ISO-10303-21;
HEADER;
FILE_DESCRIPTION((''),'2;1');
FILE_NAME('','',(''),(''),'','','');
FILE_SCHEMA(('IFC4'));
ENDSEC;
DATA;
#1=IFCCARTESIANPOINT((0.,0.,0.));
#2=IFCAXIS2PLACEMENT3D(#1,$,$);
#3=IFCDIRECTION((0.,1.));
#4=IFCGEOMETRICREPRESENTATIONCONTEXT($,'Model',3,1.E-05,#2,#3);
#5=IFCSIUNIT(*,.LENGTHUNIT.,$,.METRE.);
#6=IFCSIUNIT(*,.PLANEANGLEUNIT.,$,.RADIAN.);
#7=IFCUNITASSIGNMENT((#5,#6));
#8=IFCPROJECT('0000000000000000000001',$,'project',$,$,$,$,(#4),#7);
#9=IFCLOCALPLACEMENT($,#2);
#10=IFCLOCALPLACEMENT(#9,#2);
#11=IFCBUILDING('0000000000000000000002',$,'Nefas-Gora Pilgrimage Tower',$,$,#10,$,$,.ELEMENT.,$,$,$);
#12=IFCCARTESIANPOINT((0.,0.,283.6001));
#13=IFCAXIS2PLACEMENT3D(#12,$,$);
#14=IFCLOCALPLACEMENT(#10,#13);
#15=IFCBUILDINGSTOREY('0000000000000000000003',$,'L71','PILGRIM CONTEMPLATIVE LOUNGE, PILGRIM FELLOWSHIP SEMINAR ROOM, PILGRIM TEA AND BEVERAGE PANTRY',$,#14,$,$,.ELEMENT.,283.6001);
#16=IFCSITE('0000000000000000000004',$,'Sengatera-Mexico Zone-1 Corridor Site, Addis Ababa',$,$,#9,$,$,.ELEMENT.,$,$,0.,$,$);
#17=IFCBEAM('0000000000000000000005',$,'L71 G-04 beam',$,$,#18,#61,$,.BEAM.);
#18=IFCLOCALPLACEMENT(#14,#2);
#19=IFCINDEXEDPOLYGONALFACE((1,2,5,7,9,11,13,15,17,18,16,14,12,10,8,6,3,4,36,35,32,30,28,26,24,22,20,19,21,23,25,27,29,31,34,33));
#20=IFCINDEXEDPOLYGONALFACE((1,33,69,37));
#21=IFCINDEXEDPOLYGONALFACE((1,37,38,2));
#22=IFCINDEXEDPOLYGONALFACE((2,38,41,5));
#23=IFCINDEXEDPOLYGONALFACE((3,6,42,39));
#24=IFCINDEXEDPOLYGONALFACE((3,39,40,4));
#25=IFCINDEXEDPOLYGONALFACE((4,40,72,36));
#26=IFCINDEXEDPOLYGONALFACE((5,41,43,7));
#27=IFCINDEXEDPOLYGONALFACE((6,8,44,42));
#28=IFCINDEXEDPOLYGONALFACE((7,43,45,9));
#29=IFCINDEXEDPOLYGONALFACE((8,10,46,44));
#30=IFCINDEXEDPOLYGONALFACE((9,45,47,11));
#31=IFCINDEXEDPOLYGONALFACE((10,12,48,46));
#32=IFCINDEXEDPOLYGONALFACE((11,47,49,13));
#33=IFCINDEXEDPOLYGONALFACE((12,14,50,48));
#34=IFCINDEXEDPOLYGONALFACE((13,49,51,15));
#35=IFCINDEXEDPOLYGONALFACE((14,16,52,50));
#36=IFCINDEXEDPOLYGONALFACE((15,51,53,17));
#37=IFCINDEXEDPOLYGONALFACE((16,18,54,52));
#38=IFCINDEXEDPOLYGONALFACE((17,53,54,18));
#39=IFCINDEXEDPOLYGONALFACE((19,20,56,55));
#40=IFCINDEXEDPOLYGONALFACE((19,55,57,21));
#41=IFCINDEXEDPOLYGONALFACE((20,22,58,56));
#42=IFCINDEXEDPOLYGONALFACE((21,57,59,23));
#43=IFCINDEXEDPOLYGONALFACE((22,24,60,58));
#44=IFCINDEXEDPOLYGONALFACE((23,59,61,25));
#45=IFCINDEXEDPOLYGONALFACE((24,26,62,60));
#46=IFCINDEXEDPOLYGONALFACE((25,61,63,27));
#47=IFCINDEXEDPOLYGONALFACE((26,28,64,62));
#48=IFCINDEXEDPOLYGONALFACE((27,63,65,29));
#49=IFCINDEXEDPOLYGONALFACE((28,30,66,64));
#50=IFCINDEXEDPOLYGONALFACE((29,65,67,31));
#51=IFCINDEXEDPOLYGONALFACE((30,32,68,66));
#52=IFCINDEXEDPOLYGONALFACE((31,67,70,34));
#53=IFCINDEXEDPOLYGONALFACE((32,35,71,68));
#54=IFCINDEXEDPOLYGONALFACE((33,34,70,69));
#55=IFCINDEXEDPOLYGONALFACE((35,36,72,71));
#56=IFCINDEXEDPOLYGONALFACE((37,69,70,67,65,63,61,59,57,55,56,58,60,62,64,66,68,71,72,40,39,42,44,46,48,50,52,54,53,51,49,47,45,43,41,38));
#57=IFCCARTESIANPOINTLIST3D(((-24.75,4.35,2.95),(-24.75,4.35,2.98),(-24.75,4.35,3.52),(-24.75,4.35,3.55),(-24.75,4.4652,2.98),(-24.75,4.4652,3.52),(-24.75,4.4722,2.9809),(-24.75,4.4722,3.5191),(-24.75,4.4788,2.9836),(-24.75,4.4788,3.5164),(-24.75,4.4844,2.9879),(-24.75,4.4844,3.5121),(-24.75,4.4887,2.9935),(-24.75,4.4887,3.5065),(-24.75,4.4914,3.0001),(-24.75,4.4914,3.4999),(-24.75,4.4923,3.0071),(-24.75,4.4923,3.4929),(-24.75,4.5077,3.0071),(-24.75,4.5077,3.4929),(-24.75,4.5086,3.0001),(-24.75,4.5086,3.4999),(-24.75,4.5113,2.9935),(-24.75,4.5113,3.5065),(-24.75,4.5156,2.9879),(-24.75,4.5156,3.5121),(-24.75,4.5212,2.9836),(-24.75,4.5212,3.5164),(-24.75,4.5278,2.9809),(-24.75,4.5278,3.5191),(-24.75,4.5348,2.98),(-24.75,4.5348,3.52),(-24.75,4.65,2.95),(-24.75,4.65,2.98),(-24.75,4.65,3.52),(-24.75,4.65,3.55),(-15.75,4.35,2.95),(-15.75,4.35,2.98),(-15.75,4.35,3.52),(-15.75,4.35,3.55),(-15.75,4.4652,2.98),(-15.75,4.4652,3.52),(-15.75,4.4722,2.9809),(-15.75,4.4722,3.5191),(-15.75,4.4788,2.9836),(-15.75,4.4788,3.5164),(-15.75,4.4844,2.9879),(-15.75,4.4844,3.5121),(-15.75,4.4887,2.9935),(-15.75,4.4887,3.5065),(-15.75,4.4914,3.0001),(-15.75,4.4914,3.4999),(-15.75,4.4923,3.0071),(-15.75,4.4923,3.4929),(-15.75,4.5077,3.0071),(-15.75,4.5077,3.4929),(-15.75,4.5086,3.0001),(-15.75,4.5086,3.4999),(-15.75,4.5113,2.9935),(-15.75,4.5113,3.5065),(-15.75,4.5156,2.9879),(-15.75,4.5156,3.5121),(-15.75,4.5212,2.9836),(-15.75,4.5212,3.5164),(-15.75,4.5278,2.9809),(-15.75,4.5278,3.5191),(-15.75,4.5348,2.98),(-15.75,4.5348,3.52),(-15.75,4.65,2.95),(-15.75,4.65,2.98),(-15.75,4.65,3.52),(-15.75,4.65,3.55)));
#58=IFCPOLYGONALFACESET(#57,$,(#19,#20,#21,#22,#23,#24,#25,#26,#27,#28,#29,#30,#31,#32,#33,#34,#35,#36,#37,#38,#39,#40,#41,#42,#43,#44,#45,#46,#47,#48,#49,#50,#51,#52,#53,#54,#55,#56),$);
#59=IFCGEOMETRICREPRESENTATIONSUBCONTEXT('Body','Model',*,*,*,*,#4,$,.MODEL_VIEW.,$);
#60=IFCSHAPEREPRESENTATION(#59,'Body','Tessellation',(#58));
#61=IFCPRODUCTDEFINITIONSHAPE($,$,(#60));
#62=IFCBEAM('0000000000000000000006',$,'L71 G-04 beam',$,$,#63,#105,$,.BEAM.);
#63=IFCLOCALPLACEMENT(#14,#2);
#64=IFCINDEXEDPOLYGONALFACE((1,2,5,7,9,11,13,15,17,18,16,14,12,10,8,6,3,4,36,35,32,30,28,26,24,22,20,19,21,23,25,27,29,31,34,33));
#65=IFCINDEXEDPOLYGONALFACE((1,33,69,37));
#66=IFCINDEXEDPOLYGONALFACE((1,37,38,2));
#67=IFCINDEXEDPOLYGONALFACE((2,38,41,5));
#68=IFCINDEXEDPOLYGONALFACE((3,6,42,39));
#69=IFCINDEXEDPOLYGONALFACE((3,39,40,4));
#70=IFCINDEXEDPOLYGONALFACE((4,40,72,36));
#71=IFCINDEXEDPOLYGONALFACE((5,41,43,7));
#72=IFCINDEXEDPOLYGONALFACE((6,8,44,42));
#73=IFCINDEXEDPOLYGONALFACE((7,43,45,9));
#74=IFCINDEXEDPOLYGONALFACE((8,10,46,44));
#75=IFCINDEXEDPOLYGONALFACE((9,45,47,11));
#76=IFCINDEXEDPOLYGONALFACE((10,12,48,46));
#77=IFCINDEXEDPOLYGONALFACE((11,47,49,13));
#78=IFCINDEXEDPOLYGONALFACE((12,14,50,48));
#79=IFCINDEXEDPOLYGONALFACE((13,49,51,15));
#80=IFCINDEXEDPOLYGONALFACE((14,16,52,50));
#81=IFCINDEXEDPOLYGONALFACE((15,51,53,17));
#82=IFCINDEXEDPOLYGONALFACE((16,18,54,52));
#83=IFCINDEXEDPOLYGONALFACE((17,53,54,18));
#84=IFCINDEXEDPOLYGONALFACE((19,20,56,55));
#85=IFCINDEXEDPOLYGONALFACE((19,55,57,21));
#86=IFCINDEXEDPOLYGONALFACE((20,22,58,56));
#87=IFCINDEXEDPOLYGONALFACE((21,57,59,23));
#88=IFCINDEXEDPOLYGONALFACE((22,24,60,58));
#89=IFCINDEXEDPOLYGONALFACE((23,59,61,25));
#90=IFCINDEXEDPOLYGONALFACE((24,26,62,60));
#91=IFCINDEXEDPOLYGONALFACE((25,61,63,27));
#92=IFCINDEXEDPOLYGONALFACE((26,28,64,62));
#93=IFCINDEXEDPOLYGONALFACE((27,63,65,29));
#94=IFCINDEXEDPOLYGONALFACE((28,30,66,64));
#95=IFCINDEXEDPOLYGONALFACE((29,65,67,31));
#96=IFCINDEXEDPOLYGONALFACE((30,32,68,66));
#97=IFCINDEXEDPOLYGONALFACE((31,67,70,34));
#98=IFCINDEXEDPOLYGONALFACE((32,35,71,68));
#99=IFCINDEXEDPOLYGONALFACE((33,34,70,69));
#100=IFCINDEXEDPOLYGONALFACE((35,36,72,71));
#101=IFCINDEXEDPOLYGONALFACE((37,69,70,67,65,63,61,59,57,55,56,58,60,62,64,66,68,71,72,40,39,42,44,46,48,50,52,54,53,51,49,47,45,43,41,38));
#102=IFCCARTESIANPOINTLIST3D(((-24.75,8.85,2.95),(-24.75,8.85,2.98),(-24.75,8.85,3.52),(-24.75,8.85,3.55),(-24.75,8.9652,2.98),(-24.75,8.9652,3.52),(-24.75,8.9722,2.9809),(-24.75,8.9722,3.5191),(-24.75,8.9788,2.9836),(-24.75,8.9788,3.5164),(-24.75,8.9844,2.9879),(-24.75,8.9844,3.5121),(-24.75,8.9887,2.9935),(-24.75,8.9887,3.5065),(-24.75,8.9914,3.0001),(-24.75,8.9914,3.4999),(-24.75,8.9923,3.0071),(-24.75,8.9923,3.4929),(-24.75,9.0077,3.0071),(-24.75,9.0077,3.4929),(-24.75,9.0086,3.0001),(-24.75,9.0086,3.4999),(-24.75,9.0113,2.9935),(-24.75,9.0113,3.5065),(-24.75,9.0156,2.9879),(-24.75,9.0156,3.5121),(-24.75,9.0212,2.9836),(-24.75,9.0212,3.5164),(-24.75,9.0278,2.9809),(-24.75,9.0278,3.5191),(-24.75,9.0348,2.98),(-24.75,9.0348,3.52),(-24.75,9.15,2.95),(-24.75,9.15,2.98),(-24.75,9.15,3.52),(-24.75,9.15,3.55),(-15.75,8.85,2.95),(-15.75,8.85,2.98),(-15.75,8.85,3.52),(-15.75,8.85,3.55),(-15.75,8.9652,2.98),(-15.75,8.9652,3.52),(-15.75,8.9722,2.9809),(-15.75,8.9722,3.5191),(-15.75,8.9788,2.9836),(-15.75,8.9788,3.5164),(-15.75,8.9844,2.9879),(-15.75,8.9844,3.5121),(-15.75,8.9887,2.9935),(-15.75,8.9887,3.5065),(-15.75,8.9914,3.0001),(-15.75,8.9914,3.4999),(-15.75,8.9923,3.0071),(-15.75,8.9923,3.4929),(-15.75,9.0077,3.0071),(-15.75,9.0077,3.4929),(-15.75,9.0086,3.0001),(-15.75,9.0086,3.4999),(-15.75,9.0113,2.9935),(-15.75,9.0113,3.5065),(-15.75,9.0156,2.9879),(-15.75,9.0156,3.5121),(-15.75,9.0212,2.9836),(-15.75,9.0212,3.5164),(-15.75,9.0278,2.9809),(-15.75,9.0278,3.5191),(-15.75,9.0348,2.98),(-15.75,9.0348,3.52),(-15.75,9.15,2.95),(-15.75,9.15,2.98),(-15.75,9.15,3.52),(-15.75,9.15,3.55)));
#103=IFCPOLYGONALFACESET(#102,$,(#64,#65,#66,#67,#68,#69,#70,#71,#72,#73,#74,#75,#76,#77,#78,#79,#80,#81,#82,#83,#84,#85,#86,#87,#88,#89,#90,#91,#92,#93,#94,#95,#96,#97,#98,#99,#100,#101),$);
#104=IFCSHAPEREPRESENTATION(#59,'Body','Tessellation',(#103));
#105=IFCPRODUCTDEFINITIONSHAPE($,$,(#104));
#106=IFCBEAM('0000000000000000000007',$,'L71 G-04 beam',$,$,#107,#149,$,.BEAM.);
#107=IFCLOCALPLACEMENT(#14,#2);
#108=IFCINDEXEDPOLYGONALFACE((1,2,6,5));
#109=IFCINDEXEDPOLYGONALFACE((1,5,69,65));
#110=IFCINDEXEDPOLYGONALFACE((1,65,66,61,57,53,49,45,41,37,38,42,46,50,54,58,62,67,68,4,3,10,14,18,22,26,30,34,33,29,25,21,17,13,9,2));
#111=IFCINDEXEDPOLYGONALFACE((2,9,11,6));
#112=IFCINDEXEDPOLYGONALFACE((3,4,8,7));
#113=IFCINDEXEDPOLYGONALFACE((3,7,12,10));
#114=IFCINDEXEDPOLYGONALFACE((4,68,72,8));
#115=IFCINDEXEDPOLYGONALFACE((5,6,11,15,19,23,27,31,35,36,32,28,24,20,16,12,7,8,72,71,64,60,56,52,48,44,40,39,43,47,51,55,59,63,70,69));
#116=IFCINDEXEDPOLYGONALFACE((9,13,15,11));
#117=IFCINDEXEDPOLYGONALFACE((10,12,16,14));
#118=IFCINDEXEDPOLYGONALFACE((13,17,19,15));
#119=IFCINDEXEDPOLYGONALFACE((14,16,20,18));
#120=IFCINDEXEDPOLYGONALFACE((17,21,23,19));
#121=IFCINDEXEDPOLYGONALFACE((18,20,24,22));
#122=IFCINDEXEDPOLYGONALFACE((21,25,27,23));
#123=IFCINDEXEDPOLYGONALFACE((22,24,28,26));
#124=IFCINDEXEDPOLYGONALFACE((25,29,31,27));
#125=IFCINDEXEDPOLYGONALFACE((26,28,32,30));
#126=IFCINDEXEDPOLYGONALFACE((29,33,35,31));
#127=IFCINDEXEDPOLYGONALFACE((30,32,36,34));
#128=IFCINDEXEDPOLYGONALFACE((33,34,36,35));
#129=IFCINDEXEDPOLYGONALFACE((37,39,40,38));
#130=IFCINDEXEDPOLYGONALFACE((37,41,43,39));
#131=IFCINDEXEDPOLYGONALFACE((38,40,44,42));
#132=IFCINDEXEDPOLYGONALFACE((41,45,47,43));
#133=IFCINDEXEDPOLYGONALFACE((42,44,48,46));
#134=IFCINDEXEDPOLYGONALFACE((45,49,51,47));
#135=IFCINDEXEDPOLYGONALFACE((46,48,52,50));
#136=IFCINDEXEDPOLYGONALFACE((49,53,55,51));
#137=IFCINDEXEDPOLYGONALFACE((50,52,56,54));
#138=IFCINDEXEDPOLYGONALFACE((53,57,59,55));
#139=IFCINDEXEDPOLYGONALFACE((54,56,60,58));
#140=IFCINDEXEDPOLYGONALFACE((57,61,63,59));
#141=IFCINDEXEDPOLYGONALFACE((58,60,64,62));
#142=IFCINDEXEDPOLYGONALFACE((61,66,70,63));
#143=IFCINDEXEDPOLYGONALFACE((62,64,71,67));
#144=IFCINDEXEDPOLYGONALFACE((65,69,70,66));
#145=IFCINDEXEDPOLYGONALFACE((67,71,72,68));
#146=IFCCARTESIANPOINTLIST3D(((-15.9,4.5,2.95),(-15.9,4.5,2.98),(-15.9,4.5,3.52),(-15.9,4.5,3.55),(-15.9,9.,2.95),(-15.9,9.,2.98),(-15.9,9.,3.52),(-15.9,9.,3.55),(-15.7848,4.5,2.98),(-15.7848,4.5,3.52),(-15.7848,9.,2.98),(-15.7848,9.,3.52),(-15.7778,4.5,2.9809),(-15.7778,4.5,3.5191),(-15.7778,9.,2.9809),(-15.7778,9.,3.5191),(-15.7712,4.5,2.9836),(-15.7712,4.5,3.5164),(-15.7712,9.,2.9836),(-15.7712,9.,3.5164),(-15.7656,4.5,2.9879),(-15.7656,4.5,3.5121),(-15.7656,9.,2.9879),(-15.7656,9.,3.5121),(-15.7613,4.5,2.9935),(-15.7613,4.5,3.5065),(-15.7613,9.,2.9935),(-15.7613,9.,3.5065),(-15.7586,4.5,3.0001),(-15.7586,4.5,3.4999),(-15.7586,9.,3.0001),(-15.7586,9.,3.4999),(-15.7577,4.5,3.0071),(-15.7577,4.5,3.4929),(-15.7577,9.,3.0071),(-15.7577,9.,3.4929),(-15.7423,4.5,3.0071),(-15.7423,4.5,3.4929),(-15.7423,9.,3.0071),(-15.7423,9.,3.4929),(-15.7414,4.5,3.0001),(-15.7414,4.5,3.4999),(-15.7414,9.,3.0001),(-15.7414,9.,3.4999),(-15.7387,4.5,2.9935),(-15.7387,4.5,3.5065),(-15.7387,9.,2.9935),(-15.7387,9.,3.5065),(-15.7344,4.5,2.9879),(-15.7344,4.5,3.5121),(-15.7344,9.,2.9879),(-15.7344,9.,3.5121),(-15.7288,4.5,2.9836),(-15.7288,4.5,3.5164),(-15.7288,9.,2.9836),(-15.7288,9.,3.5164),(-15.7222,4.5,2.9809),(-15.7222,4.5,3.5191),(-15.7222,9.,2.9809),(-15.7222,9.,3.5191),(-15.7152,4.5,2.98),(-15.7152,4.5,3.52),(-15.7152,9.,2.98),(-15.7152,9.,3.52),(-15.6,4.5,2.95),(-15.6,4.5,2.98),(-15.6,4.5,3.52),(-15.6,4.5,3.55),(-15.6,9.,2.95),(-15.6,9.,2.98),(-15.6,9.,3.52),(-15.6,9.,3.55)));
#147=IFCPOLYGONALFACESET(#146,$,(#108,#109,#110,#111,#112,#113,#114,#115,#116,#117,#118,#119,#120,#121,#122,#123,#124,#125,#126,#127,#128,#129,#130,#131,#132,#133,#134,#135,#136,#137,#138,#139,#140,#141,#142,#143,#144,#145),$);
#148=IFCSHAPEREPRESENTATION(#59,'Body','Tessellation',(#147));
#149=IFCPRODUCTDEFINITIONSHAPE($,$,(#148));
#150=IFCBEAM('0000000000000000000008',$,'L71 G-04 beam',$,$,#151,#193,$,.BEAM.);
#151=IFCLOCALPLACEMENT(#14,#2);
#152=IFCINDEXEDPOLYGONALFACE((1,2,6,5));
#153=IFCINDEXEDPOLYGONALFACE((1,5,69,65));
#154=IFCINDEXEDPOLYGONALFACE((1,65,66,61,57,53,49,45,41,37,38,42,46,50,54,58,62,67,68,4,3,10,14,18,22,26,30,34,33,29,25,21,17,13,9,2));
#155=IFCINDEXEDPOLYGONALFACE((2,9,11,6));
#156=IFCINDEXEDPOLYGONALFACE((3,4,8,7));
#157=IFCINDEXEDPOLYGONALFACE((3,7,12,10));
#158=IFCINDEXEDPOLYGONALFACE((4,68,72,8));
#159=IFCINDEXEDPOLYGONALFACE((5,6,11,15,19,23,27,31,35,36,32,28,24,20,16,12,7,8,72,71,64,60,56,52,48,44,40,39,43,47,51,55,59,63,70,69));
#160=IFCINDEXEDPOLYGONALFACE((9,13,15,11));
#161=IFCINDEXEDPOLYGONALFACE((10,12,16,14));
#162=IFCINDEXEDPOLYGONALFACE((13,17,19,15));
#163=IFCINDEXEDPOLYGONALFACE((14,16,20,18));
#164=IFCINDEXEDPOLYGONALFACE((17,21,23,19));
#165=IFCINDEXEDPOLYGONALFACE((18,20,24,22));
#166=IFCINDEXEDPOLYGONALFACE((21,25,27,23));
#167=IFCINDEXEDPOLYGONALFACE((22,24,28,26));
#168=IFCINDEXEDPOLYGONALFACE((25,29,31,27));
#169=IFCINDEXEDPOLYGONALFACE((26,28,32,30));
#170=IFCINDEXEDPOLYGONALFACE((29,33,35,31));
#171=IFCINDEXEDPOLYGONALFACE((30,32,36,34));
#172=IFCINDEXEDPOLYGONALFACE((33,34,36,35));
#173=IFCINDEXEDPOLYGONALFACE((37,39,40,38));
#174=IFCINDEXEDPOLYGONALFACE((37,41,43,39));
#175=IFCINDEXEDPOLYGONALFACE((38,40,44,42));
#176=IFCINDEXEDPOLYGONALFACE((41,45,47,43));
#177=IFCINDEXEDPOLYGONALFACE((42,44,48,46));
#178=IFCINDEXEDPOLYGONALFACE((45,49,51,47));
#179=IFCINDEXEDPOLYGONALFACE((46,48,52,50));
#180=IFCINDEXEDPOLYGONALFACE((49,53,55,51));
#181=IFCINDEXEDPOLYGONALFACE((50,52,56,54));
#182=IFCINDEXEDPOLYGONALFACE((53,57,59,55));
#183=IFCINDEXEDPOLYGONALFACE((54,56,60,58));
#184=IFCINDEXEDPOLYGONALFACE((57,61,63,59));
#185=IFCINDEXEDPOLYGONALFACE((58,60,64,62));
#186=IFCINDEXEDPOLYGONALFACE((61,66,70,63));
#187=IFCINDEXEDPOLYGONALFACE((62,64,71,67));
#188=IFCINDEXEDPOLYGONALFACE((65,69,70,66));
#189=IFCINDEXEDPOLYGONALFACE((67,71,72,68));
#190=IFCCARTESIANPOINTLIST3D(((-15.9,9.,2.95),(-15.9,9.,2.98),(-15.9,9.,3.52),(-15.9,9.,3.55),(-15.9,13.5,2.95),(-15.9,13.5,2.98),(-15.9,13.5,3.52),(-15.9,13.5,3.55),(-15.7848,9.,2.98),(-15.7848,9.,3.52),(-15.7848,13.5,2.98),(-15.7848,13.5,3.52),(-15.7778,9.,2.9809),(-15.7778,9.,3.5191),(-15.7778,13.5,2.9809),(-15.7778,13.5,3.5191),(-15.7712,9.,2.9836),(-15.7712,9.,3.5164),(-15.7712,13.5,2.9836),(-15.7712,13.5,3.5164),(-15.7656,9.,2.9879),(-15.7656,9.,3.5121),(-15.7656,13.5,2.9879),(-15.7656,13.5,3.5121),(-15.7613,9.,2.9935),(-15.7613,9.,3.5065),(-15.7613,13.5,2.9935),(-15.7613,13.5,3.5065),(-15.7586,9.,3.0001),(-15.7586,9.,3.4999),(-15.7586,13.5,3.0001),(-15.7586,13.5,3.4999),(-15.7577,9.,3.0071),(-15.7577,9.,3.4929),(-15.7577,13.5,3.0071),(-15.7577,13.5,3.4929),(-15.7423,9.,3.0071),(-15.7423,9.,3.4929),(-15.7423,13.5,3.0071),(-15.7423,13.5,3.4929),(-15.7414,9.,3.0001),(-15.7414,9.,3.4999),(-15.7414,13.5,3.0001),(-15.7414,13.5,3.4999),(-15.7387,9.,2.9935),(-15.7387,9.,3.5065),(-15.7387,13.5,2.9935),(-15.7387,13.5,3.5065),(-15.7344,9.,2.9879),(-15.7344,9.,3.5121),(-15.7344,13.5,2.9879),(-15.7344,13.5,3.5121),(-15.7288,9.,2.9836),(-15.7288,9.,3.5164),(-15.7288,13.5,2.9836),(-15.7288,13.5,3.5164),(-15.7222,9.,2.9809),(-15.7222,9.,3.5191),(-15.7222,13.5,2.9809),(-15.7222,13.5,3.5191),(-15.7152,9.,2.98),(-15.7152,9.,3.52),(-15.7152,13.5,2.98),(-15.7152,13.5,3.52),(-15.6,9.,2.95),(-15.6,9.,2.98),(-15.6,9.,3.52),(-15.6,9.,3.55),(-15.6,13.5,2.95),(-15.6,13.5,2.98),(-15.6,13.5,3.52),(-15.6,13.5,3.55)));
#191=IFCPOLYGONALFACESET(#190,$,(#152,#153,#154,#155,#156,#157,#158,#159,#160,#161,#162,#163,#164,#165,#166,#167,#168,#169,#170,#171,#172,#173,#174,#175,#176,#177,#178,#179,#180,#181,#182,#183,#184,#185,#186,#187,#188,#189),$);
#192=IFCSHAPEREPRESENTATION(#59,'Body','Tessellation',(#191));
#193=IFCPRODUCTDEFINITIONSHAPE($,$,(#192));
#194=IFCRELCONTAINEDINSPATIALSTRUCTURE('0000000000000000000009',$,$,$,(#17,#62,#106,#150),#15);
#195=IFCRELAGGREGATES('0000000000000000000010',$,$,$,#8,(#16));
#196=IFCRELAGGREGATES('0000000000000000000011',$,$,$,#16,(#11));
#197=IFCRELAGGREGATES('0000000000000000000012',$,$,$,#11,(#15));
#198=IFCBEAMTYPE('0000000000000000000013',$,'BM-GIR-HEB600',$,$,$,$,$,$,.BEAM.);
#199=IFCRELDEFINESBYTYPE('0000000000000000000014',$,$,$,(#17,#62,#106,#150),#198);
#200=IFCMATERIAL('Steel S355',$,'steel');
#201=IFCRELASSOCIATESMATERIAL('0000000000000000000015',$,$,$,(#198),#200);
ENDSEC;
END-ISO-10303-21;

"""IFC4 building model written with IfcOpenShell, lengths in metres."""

from ifc_helpers import new_model, si_unit, direction, frame, origin, origin_2d, place, context, subcontext, project, spatial, i_section, extrude, source, transform, mapped, material, material_profile, profile_set, type_object, element, save


model = new_model("IFC4")

# Units and contexts
model_context = context("Model", 3, precision=1e-05, world=origin(), true_north=direction((0.0, 1.0)))
body_context = subcontext(model_context, "Body", "Model", "MODEL_VIEW")
ifc_project = project(units=[si_unit("LENGTHUNIT", "METRE"), si_unit("PLANEANGLEUNIT", "RADIAN")], contexts=[model_context])

# Site, building, storey
site_placement = place(None, origin())
site = spatial("IfcSite", under=ifc_project, at=site_placement, Name="Sengatera-Mexico Zone-1 Corridor Site, Addis Ababa", CompositionType="ELEMENT", RefElevation=0.0)
building_placement = place(site_placement, origin())
building = spatial("IfcBuilding", under=site, at=building_placement, Name="Nefas-Gora Pilgrimage Tower", CompositionType="ELEMENT")
storey_placement = place(building_placement, frame((0.0, 0.0, 283.6001)))
storey = spatial("IfcBuildingStorey", under=building, at=storey_placement, Name="L71", Description="PILGRIM CONTEMPLATIVE LOUNGE, PILGRIM FELLOWSHIP SEMINAR ROOM, PILGRIM TEA AND BEVERAGE PANTRY", CompositionType="ELEMENT", Elevation=283.6001)

# Shared definitions
ifc_material_1 = material(Name="Steel S355", Category="steel")

# Beams
ifc_material_profile_1 = material_profile(ifc_material_1, i_section(OverallWidth=0.3, OverallDepth=0.6001, WebThickness=0.0154, FlangeThickness=0.03, FilletRadius=0.0271, at=origin_2d()), Name="HEB 600")
ifc_profile_set_1 = profile_set([ifc_material_profile_1], Name="Steel S355")
beam_type_1 = type_object("IfcBeamType", Name="BM-GIR-HEB600", PredefinedType="BEAM", material=ifc_profile_set_1)
shared_shape_1 = source(origin(), body_context, "Body", "SweptSolid", [
    extrude(i_section(OverallWidth=0.3, OverallDepth=0.6001, WebThickness=0.0154, FlangeThickness=0.03, FilletRadius=0.0271, at=origin_2d()), origin(), (0.0, 0.0, 1.0), 9.0),
])
for number, where, z_axis, x_axis, name in (
    (1, (-24.75, 4.5, 3.25), (1.0, 0.0, 0.0), (0.0, 1.0, 0.0), "L71 G-04 beam"),
    (2, (-24.75, 9.0, 3.25), (1.0, 0.0, 0.0), (0.0, 1.0, 0.0), "L71 G-04 beam"),
):
    element("IfcBeam", number, at=place(storey_placement, frame(where, z_axis=z_axis, x_axis=x_axis)), inside=storey, type_object=beam_type_1, Name=name, PredefinedType="BEAM", context=body_context, shape_type="MappedRepresentation", body=[
        mapped(shared_shape_1, transform((0.0, 0.0, 0.0), x_axis=(1.0, 0.0, 0.0), y_axis=(0.0, 1.0, 0.0), z_axis=(0.0, 0.0, 1.0), scale=1.0)),
    ])
shared_shape_2 = source(origin(), body_context, "Body", "SweptSolid", [
    extrude(i_section(OverallWidth=0.3, OverallDepth=0.6001, WebThickness=0.0154, FlangeThickness=0.03, FilletRadius=0.0271, at=origin_2d()), origin(), (0.0, 0.0, 1.0), 4.5),
])
for number, where, z_axis, x_axis, name in (
    (3, (-15.75, 4.5, 3.25), (0.0, 1.0, 0.0), (-1.0, 0.0, 0.0), "L71 G-04 beam"),
    (4, (-15.75, 9.0, 3.25), (0.0, 1.0, 0.0), (-1.0, 0.0, 0.0), "L71 G-04 beam"),
):
    element("IfcBeam", number, at=place(storey_placement, frame(where, z_axis=z_axis, x_axis=x_axis)), inside=storey, type_object=beam_type_1, Name=name, PredefinedType="BEAM", context=body_context, shape_type="MappedRepresentation", body=[
        mapped(shared_shape_2, transform((0.0, 0.0, 0.0), x_axis=(1.0, 0.0, 0.0), y_axis=(0.0, 1.0, 0.0), z_axis=(0.0, 0.0, 1.0), scale=1.0)),
    ])

save(model, "model.ifc")
